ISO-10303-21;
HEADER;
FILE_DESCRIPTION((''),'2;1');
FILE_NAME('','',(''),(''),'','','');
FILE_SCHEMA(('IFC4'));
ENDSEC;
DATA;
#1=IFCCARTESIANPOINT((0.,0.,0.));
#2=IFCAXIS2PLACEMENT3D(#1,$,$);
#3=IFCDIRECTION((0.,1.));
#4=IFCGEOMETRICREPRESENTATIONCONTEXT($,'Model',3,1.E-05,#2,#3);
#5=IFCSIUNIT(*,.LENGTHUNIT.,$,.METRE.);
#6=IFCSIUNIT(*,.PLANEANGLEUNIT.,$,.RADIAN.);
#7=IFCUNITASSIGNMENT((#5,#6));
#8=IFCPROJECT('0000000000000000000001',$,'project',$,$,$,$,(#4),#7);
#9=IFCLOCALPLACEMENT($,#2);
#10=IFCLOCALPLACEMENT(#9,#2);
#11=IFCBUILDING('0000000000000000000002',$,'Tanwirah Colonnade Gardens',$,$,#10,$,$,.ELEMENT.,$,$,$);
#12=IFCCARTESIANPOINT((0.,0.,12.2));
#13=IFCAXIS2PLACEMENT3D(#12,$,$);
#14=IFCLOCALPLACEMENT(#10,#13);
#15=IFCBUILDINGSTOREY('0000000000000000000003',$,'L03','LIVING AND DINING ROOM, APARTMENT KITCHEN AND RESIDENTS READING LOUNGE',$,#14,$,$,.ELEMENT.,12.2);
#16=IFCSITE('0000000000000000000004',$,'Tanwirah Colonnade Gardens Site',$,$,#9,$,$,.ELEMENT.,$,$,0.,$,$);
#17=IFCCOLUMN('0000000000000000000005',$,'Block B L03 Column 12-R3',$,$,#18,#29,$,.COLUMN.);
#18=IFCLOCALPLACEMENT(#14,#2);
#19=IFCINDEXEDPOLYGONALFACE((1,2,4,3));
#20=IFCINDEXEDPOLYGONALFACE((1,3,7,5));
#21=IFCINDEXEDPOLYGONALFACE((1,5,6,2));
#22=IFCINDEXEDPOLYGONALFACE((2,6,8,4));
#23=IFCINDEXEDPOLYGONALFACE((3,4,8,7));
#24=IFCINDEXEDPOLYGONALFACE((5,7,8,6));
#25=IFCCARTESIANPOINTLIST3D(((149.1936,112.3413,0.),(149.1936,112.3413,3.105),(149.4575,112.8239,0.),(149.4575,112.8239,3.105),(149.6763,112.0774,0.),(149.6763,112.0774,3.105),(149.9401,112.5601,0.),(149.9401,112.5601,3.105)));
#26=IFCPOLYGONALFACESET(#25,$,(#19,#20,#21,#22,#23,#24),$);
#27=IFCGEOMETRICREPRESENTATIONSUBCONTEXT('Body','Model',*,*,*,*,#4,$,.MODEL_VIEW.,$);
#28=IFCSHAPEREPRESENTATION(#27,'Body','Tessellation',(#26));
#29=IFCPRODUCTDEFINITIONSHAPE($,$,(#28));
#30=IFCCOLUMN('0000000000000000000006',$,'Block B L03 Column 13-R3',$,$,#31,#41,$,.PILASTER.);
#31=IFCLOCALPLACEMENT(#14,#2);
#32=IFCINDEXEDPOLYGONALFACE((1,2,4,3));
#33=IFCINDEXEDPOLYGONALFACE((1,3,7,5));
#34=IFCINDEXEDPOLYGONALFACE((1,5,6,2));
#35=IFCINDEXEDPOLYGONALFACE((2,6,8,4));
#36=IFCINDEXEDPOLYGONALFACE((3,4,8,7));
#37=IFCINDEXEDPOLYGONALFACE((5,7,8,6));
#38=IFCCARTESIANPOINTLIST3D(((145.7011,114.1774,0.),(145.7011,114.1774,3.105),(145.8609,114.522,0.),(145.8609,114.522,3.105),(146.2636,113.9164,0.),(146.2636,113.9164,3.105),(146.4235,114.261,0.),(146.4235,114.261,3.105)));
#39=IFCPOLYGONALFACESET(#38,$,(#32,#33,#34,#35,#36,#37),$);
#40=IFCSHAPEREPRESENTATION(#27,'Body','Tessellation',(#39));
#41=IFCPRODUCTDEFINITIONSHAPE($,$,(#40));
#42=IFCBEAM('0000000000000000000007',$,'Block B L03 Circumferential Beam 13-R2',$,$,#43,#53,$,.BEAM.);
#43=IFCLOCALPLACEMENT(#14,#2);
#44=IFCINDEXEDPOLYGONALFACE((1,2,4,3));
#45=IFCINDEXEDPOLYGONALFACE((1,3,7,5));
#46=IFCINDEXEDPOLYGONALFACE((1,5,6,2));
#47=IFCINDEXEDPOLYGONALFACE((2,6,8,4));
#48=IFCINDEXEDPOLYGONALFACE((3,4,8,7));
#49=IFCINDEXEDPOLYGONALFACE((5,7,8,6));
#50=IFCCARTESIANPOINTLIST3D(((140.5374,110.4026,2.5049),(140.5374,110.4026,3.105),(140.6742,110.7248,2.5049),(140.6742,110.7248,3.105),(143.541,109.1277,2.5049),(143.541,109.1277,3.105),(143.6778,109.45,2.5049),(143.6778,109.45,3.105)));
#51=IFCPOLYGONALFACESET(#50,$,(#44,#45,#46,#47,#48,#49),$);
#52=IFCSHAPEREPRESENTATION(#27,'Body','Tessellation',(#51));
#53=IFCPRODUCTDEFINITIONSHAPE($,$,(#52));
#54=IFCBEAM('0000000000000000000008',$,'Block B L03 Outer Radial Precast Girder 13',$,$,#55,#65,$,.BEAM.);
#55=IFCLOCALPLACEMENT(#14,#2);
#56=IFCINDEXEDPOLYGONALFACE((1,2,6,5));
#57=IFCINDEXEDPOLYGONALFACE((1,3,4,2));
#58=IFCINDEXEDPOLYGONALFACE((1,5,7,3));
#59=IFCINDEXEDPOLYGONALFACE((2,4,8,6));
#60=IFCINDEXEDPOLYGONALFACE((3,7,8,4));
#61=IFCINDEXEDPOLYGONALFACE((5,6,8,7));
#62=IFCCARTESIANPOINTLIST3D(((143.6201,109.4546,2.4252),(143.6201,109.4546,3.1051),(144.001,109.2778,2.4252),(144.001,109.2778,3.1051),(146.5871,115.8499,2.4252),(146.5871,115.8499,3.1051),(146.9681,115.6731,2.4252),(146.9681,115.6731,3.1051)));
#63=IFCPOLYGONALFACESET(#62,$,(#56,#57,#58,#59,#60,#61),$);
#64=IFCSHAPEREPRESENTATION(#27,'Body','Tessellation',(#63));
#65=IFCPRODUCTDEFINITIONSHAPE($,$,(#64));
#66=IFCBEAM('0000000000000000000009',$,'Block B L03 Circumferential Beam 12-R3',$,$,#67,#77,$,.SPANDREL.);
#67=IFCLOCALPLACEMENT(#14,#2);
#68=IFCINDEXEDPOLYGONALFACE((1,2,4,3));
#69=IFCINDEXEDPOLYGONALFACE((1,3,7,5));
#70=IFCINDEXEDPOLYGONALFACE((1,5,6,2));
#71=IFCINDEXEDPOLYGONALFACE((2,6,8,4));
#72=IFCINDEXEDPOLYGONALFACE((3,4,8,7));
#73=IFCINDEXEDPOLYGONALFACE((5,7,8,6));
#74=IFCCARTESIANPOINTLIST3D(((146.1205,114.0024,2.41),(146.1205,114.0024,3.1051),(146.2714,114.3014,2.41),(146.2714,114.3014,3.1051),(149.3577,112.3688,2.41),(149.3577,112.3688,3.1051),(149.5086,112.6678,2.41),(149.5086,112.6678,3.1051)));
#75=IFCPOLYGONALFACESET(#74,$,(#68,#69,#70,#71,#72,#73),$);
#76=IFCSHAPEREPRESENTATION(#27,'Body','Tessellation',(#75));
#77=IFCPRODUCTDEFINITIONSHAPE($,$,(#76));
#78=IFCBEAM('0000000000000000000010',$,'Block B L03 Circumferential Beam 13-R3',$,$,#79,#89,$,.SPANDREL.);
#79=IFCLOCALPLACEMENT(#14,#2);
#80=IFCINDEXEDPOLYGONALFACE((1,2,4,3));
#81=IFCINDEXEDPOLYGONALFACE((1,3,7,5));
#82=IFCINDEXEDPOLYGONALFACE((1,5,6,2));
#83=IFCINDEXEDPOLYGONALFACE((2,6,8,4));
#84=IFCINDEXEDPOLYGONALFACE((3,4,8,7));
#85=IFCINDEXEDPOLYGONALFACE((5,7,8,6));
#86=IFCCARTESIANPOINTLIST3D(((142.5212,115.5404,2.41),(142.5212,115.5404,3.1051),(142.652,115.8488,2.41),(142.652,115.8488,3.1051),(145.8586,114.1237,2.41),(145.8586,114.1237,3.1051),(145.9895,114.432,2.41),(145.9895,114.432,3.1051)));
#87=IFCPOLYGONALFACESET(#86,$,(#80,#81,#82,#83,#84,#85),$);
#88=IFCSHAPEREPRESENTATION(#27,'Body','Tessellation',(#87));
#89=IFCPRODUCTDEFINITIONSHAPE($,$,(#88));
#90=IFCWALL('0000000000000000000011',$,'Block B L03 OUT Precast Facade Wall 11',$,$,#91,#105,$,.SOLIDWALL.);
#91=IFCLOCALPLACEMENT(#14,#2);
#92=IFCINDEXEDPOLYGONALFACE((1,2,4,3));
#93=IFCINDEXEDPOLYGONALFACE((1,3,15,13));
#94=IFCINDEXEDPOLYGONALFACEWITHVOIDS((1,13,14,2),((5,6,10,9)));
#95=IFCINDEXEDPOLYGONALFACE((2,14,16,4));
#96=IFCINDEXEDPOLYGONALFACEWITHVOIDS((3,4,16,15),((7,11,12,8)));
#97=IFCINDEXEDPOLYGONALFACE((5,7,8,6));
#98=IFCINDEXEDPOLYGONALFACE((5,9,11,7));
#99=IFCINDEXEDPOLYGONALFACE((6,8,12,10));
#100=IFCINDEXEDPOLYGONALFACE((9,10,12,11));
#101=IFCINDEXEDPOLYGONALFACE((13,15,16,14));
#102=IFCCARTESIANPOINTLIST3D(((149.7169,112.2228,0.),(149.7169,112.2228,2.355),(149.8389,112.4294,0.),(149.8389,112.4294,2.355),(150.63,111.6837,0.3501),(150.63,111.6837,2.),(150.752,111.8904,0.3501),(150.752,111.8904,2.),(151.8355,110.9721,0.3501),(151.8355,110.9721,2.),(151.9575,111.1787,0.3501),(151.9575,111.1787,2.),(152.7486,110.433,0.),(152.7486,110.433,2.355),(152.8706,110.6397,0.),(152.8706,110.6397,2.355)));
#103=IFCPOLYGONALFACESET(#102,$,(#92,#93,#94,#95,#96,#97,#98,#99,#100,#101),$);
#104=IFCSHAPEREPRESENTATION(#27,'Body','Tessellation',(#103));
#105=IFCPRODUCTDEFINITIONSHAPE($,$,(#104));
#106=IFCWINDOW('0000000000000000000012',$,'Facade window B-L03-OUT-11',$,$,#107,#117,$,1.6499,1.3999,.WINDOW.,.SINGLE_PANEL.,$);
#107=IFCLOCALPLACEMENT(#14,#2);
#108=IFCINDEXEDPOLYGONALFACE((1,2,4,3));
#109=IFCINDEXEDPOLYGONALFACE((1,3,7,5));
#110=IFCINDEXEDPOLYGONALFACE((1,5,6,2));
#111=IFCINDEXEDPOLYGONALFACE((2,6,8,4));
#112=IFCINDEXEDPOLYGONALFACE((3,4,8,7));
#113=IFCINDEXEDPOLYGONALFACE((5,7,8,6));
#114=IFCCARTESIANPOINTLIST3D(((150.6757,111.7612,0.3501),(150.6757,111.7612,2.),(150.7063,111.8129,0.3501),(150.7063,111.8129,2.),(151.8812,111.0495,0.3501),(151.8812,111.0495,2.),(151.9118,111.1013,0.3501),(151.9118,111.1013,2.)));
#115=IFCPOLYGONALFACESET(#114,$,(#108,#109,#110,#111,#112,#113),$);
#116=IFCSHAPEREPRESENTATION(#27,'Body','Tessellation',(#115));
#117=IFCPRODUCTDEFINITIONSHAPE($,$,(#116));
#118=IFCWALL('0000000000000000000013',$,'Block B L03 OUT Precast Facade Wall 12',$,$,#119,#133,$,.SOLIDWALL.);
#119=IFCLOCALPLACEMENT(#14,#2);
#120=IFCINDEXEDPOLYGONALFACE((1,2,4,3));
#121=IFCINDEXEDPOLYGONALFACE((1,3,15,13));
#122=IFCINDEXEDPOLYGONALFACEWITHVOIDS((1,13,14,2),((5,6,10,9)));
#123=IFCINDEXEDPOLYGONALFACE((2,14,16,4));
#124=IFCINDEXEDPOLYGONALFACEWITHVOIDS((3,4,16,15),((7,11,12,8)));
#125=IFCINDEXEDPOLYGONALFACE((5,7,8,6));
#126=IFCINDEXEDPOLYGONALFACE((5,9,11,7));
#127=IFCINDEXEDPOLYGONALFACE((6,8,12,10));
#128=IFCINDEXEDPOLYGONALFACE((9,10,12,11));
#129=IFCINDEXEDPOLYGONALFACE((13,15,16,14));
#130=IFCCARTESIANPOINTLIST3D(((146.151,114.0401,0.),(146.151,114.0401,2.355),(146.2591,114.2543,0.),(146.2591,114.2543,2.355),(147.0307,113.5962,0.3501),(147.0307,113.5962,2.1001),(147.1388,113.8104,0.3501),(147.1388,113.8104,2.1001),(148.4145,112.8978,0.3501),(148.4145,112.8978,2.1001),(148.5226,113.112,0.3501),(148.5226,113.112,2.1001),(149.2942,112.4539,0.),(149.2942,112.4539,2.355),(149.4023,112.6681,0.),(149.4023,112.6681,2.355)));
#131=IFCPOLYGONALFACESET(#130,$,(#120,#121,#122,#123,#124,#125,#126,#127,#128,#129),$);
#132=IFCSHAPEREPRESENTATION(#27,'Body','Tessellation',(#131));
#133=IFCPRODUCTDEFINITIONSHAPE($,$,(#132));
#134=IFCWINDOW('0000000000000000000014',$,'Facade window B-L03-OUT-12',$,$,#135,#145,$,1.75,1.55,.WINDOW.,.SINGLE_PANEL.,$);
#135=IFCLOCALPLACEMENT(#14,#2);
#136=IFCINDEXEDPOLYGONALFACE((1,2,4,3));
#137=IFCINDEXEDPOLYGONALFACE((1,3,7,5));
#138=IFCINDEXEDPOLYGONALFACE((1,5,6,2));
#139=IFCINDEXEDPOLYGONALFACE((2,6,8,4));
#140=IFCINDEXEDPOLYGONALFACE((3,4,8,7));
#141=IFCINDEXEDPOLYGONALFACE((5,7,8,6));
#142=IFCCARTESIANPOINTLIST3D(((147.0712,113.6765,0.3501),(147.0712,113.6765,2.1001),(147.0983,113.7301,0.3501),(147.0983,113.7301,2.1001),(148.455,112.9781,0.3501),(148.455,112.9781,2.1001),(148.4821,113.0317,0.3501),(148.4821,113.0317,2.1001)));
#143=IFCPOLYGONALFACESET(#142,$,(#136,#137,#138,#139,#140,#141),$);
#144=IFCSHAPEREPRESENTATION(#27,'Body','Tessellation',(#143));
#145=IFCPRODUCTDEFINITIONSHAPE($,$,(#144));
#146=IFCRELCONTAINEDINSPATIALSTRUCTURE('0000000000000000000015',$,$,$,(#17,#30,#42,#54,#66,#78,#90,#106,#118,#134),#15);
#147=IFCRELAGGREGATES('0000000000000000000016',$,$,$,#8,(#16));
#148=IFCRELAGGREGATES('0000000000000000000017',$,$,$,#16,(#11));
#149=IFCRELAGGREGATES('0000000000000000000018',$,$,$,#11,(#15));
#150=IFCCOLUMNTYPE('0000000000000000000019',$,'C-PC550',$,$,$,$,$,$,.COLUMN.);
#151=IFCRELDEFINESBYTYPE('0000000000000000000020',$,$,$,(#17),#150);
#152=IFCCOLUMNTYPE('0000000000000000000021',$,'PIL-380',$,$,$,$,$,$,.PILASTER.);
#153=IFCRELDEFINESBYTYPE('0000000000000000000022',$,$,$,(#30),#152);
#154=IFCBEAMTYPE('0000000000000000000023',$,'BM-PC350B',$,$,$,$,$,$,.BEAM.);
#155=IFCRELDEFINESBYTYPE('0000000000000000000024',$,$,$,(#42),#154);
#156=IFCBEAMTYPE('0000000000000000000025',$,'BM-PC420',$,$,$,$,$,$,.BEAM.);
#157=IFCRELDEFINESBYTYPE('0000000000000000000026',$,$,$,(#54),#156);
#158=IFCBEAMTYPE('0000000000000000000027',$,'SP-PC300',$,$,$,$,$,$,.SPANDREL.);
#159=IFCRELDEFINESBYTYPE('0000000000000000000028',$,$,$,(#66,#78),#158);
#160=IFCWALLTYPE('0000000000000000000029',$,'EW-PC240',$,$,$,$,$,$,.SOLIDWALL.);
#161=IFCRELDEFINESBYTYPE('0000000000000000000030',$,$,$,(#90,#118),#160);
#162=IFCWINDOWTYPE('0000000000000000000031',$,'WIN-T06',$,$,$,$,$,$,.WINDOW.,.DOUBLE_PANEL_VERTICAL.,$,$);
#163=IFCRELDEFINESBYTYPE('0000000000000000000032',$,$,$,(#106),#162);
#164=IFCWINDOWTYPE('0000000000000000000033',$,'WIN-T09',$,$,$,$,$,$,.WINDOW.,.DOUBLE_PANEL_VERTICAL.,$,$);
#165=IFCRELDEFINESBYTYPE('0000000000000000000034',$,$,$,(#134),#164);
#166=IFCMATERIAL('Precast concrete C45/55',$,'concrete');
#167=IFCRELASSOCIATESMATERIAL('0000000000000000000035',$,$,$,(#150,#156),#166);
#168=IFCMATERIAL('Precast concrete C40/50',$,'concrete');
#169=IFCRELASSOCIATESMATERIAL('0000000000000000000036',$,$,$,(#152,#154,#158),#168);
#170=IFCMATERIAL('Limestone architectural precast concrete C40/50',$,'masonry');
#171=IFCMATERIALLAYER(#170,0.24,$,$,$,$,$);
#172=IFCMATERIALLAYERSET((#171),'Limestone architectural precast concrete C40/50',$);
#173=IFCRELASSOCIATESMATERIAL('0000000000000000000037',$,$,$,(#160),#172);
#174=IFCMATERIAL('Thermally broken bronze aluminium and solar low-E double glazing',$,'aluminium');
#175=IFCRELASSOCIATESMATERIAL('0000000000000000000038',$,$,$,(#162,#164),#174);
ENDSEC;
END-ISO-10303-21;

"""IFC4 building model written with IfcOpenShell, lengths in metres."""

from ifc_helpers import new_model, si_unit, direction, frame, frame_2d, origin, origin_2d, place, context, subcontext, project, spatial, rectangle, extrude, material, layer, layer_set, material_profile, profile_set, type_object, element, fill, save


model = new_model("IFC4")

# Units and contexts
model_context = context("Model", 3, precision=1e-05, world=origin(), true_north=direction((0.0, 1.0)))
body_context = subcontext(model_context, "Body", "Model", "MODEL_VIEW")
ifc_project = project(units=[si_unit("LENGTHUNIT", "METRE"), si_unit("PLANEANGLEUNIT", "RADIAN")], contexts=[model_context])

# Site, building, storey
site_placement = place(None, origin())
site = spatial("IfcSite", under=ifc_project, at=site_placement, Name="Tanwirah Colonnade Gardens Site", CompositionType="ELEMENT", RefElevation=0.0)
building_placement = place(site_placement, origin())
building = spatial("IfcBuilding", under=site, at=building_placement, Name="Tanwirah Colonnade Gardens", CompositionType="ELEMENT")
storey_placement = place(building_placement, frame((0.0, 0.0, 12.2)))
storey = spatial("IfcBuildingStorey", under=building, at=storey_placement, Name="L03", Description="LIVING AND DINING ROOM, APARTMENT KITCHEN AND RESIDENTS READING LOUNGE", CompositionType="ELEMENT", Elevation=12.2)

# Columns
ifc_material_1 = material(Name="Precast concrete C45/55", Category="concrete")
ifc_material_profile_1 = material_profile(ifc_material_1, rectangle(XDim=0.55, YDim=0.55, at=origin_2d()), Name="PC-COL 550x550")
ifc_profile_set_1 = profile_set([ifc_material_profile_1], Name="Precast concrete C45/55")
column_type_1 = type_object("IfcColumnType", Name="C-PC550", PredefinedType="COLUMN", material=ifc_profile_set_1)
column_1_placement = place(storey_placement, frame((149.5669, 112.4507, 0.0), z_axis=(0.0, 0.0, 1.0), x_axis=(0.479713, 0.877425, 0.0)))
element("IfcColumn", 1, at=column_1_placement, inside=storey, type_object=column_type_1, Name="Block B L03 Column 12-R3", PredefinedType="COLUMN", context=body_context, shape_type="SweptSolid", body=[
    extrude(rectangle(XDim=0.55, YDim=0.55, at=origin_2d()), origin(), (0.0, 0.0, 1.0), 3.105),
])
ifc_material_2 = material(Name="Precast concrete C40/50", Category="concrete")
ifc_material_profile_2 = material_profile(ifc_material_2, rectangle(XDim=0.3799, YDim=0.6201, at=origin_2d()), Name="PC-PIL 380x620")
ifc_profile_set_2 = profile_set([ifc_material_profile_2], Name="Precast concrete C40/50")
column_type_2 = type_object("IfcColumnType", Name="PIL-380", PredefinedType="PILASTER", material=ifc_profile_set_2)
column_2_placement = place(storey_placement, frame((146.0623, 114.2192, 0.0), z_axis=(0.0, 0.0, 1.0), x_axis=(0.42086, 0.907126, 0.0)))
element("IfcColumn", 2, at=column_2_placement, inside=storey, type_object=column_type_2, Name="Block B L03 Column 13-R3", PredefinedType="PILASTER", context=body_context, shape_type="SweptSolid", body=[
    extrude(rectangle(XDim=0.3799, YDim=0.6201, at=origin_2d()), origin(), (0.0, 0.0, 1.0), 3.105),
])

# Beams
ifc_material_profile_3 = material_profile(ifc_material_2, rectangle(XDim=0.3501, YDim=0.6001, at=origin_2d()), Name="PC-BM 350x600")
ifc_profile_set_3 = profile_set([ifc_material_profile_3], Name="Precast concrete C40/50")
beam_type_1 = type_object("IfcBeamType", Name="BM-PC350B", PredefinedType="BEAM", material=ifc_profile_set_3)
beam_1_placement = place(storey_placement, frame((143.6094, 109.2888, 2.8049), z_axis=(-0.920513, 0.390711, 0.0), x_axis=(-0.390711, -0.920513, 0.0)))
element("IfcBeam", 3, at=beam_1_placement, inside=storey, type_object=beam_type_1, Name="Block B L03 Circumferential Beam 13-R2", PredefinedType="BEAM", context=body_context, shape_type="SweptSolid", body=[
    extrude(rectangle(XDim=0.3501, YDim=0.6001, at=origin_2d()), origin(), (0.0, 0.0, 1.0), 3.2629),
])
ifc_material_profile_4 = material_profile(ifc_material_1, rectangle(XDim=0.4199, YDim=0.6799, at=origin_2d()), Name="PC-BM 420x680")
ifc_profile_set_4 = profile_set([ifc_material_profile_4], Name="Precast concrete C45/55")
beam_type_2 = type_object("IfcBeamType", Name="BM-PC420", PredefinedType="BEAM", material=ifc_profile_set_4)
beam_2_placement = place(storey_placement, frame((143.8105, 109.3662, 2.7651), z_axis=(0.420856, 0.907128, 0.0), x_axis=(-0.907128, 0.420856, 0.0)))
element("IfcBeam", 4, at=beam_2_placement, inside=storey, type_object=beam_type_2, Name="Block B L03 Outer Radial Precast Girder 13", PredefinedType="BEAM", context=body_context, shape_type="SweptSolid", body=[
    extrude(rectangle(XDim=0.4199, YDim=0.6799, at=origin_2d()), origin(), (0.0, 0.0, 1.0), 7.05),
])
ifc_material_profile_5 = material_profile(ifc_material_2, rectangle(XDim=0.335, YDim=0.6951, at=origin_2d()), Name="PC-SP 335x695")
ifc_profile_set_5 = profile_set([ifc_material_profile_5], Name="Precast concrete C40/50")
beam_type_3 = type_object("IfcBeamType", Name="SP-PC300", PredefinedType="SPANDREL", material=ifc_profile_set_5)
beam_3_placement = place(storey_placement, frame((149.4331, 112.5183, 2.7576), z_axis=(-0.892765, 0.450523, 0.0), x_axis=(-0.450523, -0.892765, 0.0)))
element("IfcBeam", 5, at=beam_3_placement, inside=storey, type_object=beam_type_3, Name="Block B L03 Circumferential Beam 12-R3", PredefinedType="SPANDREL", context=body_context, shape_type="SweptSolid", body=[
    extrude(rectangle(XDim=0.335, YDim=0.6951, at=origin_2d()), origin(), (0.0, 0.0, 1.0), 3.626),
])
beam_4_placement = place(storey_placement, frame((145.9241, 114.2778, 2.7576), z_axis=(-0.920494, 0.390756, 0.0), x_axis=(-0.390756, -0.920494, 0.0)))
element("IfcBeam", 6, at=beam_4_placement, inside=storey, type_object=beam_type_3, Name="Block B L03 Circumferential Beam 13-R3", PredefinedType="SPANDREL", context=body_context, shape_type="SweptSolid", body=[
    extrude(rectangle(XDim=0.335, YDim=0.6951, at=origin_2d()), origin(), (0.0, 0.0, 1.0), 3.6257),
])

# Walls, openings, windows
ifc_material_3 = material(Name="Limestone architectural precast concrete C40/50", Category="masonry")
ifc_layer_1 = layer(ifc_material_3, 0.24)
ifc_layer_set_1 = layer_set([ifc_layer_1], Name="Limestone architectural precast concrete C40/50")
wall_type_1 = type_object("IfcWallType", Name="EW-PC240", PredefinedType="SOLIDWALL", material=ifc_layer_set_1)
wall_1_placement = place(storey_placement, frame((152.8096, 110.5364, 0.0), z_axis=(0.0, 0.0, 1.0), x_axis=(-0.861136, 0.508374, 0.0)))
wall_1 = element("IfcWall", 7, at=wall_1_placement, inside=storey, type_object=wall_type_1, Name="Block B L03 OUT Precast Facade Wall 11", PredefinedType="SOLIDWALL", context=body_context, shape_type="SweptSolid", body=[
    extrude(rectangle(XDim=3.5205, YDim=0.24, at=frame_2d((1.7603, 0.0))), origin(), (0.0, 0.0, 1.0), 2.355),
])
opening_1_placement = place(wall_1_placement, frame((1.0603, 0.0, 0.3501)))
opening_1 = element("IfcOpeningElement", 8, at=opening_1_placement, cuts=wall_1, PredefinedType="OPENING", context=body_context, shape_type="SweptSolid", body=[
    extrude(rectangle(XDim=1.3999, YDim=1.6499, at=frame_2d((0.7, 0.825))), frame((0.0, 0.1299, 0.0), z_axis=(0.0, -1.0, 0.0), x_axis=(1.0, 0.0, 0.0)), (0.0, 0.0, 1.0), 0.26),
])
ifc_material_4 = material(Name="Thermally broken bronze aluminium and solar low-E double glazing", Category="aluminium")
window_type_1 = type_object("IfcWindowType", Name="WIN-T06", PartitioningType="DOUBLE_PANEL_VERTICAL", PredefinedType="WINDOW", material=ifc_material_4)
window_1_placement = place(opening_1_placement, origin())
window_1 = element("IfcWindow", 9, at=window_1_placement, inside=storey, type_object=window_type_1, Name="Facade window B-L03-OUT-11", OverallHeight=1.6499, OverallWidth=1.3999, PartitioningType="SINGLE_PANEL", PredefinedType="WINDOW", context=body_context, shape_type="SweptSolid", body=[
    extrude(rectangle(XDim=1.3999, YDim=1.6499, at=frame_2d((0.7, 0.825))), frame((0.0, 0.03, 0.0), z_axis=(0.0, -1.0, 0.0), x_axis=(1.0, 0.0, 0.0)), (0.0, 0.0, 1.0), 0.0601),
])
fill(opening_1, window_1)
wall_2_placement = place(storey_placement, frame((149.3481, 112.561, 0.0), z_axis=(0.0, 0.0, 1.0), x_axis=(-0.892757, 0.450539, 0.0)))
wall_2 = element("IfcWall", 10, at=wall_2_placement, inside=storey, type_object=wall_type_1, Name="Block B L03 OUT Precast Facade Wall 12", PredefinedType="SOLIDWALL", context=body_context, shape_type="SweptSolid", body=[
    extrude(rectangle(XDim=3.5208, YDim=0.24, at=frame_2d((1.7603, 0.0))), origin(), (0.0, 0.0, 1.0), 2.355),
])
opening_2_placement = place(wall_2_placement, frame((0.9854, 0.0, 0.3501)))
opening_2 = element("IfcOpeningElement", 11, at=opening_2_placement, cuts=wall_2, PredefinedType="OPENING", context=body_context, shape_type="SweptSolid", body=[
    extrude(rectangle(XDim=1.55, YDim=1.75, at=frame_2d((0.7749, 0.875))), frame((0.0, 0.1299, 0.0), z_axis=(0.0, -1.0, 0.0), x_axis=(1.0, 0.0, 0.0)), (0.0, 0.0, 1.0), 0.26),
])
window_type_2 = type_object("IfcWindowType", Name="WIN-T09", PartitioningType="DOUBLE_PANEL_VERTICAL", PredefinedType="WINDOW", material=ifc_material_4)
window_2_placement = place(opening_2_placement, origin())
window_2 = element("IfcWindow", 12, at=window_2_placement, inside=storey, type_object=window_type_2, Name="Facade window B-L03-OUT-12", OverallHeight=1.75, OverallWidth=1.55, PartitioningType="SINGLE_PANEL", PredefinedType="WINDOW", context=body_context, shape_type="SweptSolid", body=[
    extrude(rectangle(XDim=1.55, YDim=1.75, at=frame_2d((0.7749, 0.875))), frame((0.0, 0.03, 0.0), z_axis=(0.0, -1.0, 0.0), x_axis=(1.0, 0.0, 0.0)), (0.0, 0.0, 1.0), 0.0601),
])
fill(opening_2, window_2)

save(model, "model.ifc")
